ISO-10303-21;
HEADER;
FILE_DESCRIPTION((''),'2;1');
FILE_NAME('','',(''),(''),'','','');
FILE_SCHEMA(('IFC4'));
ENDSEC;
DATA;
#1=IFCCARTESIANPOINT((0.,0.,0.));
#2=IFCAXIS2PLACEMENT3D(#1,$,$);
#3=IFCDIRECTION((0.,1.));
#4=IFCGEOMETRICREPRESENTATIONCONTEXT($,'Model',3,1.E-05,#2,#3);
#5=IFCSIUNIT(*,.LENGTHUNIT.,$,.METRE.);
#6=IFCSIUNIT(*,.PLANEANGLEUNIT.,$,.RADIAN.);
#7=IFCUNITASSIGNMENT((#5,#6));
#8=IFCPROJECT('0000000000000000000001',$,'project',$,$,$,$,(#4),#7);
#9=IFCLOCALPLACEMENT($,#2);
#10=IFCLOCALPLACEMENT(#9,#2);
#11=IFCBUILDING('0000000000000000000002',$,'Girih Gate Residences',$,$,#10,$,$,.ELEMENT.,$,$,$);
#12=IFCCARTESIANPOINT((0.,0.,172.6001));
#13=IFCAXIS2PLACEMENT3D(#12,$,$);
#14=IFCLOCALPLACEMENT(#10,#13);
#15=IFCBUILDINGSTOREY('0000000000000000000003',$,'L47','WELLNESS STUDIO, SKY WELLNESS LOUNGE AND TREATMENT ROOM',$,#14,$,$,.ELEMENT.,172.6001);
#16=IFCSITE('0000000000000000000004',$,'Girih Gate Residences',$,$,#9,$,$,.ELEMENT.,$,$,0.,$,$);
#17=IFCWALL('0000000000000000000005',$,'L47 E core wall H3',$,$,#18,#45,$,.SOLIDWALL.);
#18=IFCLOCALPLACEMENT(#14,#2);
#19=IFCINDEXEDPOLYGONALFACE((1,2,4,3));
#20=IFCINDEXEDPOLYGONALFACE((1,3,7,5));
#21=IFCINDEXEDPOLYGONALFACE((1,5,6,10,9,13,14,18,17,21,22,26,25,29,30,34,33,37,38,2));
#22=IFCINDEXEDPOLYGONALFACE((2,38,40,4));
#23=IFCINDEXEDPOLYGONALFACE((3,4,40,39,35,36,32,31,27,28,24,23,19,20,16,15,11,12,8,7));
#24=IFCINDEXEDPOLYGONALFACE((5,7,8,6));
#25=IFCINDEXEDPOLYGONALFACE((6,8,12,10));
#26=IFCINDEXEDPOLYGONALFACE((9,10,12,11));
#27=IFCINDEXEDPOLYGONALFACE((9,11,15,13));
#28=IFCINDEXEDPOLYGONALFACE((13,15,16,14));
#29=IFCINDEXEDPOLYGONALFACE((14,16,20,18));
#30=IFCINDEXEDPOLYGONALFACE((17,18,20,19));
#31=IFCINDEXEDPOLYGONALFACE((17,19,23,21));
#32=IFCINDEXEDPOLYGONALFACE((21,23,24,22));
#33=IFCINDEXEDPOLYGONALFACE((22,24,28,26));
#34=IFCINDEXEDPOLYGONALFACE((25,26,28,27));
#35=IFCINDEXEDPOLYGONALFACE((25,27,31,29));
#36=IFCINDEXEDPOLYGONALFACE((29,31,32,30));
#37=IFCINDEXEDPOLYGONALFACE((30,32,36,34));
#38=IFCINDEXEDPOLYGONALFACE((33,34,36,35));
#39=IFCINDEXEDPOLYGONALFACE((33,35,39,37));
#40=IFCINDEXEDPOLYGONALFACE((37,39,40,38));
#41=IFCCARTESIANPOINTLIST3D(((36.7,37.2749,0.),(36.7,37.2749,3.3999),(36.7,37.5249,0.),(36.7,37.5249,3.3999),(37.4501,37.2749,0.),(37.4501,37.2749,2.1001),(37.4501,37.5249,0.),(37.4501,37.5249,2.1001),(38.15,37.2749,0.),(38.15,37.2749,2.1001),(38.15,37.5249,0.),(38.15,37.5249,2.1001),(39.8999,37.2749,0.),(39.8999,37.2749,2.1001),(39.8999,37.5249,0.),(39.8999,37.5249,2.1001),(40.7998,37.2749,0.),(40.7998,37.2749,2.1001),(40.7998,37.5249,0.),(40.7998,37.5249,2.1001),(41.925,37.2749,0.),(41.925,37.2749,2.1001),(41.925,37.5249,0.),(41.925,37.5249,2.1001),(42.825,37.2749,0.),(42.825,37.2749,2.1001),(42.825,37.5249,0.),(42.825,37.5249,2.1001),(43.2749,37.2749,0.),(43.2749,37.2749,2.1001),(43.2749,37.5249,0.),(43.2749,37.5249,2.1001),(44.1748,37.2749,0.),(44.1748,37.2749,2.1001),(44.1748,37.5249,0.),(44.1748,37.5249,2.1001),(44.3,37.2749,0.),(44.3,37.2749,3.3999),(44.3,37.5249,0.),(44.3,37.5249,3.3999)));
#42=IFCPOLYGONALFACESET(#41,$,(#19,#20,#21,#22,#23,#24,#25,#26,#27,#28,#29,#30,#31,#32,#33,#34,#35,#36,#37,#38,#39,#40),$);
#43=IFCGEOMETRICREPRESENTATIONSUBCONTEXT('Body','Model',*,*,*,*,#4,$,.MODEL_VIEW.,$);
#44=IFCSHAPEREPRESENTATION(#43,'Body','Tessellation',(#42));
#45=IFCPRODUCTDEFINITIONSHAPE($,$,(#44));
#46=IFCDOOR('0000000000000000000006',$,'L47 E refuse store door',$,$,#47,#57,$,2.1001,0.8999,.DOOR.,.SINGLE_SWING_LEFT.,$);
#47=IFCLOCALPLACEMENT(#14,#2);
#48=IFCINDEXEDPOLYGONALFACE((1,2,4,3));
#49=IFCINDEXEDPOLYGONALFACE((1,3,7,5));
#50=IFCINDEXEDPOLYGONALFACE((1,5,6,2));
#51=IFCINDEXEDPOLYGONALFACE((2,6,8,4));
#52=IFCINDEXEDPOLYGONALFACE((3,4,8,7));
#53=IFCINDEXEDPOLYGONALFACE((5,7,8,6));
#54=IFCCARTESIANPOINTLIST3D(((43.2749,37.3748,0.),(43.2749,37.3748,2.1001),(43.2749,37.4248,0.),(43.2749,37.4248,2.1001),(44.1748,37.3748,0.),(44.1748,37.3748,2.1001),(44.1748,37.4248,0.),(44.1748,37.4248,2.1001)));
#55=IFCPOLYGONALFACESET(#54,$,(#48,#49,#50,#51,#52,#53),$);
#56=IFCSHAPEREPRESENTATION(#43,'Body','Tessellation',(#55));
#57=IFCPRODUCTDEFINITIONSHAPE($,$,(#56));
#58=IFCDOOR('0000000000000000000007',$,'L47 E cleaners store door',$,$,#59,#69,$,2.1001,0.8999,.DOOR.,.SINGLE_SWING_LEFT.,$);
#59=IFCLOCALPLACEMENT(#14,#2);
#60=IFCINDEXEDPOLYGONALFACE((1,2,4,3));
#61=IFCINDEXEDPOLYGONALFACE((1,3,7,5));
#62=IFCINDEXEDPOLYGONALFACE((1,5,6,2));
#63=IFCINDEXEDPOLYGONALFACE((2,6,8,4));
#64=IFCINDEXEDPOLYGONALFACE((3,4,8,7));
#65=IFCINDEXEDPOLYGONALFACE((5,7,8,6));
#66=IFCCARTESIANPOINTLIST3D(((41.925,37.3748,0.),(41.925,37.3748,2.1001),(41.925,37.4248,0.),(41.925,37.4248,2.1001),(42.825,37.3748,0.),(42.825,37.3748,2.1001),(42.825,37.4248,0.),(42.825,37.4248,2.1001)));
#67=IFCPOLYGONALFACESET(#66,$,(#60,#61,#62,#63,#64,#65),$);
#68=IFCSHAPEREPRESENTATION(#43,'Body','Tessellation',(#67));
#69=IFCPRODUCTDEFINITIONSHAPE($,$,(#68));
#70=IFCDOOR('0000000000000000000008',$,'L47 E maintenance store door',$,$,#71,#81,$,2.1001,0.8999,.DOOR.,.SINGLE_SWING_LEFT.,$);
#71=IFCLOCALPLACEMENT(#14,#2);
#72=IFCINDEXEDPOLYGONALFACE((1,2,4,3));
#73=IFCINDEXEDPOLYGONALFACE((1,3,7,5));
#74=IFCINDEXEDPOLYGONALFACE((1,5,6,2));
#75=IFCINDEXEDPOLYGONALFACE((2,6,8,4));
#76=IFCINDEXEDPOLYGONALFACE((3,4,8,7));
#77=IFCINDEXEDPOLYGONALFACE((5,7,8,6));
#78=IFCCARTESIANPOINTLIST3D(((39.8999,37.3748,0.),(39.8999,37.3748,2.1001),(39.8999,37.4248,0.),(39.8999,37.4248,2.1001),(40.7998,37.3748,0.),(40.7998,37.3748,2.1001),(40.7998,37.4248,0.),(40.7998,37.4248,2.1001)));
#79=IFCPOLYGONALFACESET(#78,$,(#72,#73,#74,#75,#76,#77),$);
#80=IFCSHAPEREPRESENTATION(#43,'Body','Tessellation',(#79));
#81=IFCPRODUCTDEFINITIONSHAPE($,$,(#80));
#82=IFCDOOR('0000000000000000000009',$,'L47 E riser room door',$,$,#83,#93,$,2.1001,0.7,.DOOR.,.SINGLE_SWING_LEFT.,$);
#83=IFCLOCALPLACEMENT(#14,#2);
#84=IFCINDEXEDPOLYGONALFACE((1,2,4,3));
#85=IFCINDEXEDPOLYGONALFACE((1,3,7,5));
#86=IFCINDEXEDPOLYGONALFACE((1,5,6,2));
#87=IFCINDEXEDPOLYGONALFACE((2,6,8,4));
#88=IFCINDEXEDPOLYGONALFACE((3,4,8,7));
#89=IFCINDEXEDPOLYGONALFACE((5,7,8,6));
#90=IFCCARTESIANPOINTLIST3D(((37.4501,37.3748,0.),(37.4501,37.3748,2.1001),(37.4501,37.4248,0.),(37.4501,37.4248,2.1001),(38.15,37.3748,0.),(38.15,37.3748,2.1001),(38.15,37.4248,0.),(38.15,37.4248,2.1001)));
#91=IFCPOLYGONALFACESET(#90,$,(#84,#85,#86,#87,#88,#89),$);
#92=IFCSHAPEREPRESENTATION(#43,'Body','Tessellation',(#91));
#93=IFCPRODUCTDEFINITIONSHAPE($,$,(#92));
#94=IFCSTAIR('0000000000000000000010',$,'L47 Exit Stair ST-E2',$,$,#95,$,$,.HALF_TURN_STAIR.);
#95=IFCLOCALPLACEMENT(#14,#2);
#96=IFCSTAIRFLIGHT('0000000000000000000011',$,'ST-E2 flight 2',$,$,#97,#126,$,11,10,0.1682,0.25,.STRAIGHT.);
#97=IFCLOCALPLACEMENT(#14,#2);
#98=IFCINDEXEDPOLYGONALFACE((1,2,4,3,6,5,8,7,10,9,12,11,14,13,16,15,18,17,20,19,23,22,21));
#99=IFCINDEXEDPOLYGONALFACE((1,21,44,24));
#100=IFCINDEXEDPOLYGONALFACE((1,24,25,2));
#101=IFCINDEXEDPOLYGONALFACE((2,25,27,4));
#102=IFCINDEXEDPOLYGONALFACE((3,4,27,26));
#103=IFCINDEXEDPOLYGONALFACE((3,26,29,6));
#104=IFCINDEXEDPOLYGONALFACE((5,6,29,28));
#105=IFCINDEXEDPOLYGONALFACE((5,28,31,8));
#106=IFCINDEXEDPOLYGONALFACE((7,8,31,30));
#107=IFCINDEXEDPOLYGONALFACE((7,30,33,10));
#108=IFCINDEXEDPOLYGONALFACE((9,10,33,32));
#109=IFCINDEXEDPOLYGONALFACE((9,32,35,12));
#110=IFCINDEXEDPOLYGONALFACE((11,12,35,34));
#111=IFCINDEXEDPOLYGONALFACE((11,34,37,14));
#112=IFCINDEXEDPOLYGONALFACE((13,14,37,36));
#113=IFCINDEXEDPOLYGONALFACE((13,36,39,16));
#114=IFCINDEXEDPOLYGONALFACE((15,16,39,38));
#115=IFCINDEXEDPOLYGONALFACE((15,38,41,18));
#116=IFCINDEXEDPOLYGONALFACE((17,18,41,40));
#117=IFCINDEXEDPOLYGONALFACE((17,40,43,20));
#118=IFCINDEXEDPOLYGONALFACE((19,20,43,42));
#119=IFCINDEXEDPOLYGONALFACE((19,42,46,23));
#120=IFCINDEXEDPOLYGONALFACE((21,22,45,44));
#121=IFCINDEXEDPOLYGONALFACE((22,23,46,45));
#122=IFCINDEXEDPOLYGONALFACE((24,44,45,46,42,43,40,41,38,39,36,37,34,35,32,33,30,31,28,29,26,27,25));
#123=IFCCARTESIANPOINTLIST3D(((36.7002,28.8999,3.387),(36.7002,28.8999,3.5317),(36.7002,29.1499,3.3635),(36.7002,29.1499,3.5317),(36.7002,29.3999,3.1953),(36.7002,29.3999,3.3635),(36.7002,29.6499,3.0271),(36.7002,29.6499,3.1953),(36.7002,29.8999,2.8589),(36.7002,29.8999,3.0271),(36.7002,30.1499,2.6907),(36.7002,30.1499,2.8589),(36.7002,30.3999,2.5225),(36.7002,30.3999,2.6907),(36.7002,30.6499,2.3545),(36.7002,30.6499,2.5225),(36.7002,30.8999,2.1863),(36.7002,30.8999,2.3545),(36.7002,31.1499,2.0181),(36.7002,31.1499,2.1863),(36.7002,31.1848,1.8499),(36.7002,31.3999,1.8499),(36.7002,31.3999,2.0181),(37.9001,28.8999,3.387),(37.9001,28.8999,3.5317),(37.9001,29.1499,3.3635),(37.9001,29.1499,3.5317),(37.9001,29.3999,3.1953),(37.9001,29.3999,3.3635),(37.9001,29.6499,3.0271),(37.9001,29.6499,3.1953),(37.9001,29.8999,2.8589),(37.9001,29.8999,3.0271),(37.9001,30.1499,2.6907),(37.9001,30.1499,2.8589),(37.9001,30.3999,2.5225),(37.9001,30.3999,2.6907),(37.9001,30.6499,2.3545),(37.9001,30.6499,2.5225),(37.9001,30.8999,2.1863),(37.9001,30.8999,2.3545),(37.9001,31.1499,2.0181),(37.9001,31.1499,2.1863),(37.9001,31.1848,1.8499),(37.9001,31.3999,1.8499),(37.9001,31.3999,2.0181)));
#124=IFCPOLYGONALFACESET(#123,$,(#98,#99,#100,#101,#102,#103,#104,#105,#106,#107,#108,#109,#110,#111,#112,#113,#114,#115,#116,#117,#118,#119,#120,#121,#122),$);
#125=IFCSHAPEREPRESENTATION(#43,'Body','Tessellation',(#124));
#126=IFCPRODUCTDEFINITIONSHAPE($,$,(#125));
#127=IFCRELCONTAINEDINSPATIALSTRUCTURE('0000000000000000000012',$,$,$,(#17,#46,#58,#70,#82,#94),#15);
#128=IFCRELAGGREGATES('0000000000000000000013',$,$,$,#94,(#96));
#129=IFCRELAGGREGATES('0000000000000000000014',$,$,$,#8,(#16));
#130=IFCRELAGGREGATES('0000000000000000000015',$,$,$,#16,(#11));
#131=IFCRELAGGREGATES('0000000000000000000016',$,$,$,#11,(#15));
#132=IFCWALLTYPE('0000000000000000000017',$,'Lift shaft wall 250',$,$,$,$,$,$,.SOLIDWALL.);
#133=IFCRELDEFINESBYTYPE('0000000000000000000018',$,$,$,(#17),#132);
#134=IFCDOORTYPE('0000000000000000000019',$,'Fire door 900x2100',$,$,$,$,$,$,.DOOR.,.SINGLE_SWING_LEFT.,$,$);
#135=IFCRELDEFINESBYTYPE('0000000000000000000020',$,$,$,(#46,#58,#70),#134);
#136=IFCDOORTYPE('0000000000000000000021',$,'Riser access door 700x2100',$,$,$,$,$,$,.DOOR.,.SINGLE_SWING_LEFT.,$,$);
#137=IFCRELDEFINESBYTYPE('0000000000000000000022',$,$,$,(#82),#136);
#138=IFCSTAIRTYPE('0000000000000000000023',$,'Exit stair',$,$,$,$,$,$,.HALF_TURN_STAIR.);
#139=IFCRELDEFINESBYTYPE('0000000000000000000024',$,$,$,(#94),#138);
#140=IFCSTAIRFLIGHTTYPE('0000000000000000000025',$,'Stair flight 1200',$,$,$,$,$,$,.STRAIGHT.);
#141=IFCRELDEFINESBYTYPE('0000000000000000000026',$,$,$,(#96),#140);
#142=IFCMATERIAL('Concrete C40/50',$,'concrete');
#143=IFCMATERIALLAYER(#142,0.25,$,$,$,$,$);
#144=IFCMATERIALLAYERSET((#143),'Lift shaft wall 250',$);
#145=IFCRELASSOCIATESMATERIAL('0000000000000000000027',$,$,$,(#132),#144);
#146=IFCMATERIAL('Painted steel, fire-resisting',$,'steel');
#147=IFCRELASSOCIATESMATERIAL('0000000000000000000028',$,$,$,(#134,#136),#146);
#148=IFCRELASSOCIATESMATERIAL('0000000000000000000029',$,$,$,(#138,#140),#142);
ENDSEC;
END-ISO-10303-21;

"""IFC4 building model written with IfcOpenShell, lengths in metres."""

from ifc_helpers import new_model, si_unit, direction, frame, frame_2d, origin, place, context, subcontext, project, spatial, polyline, rectangle, outline, extrude, material, layer, layer_set, type_object, element, fill, aggregate, save


model = new_model("IFC4")

# Units and contexts
model_context = context("Model", 3, precision=1e-05, world=origin(), true_north=direction((0.0, 1.0)))
body_context = subcontext(model_context, "Body", "Model", "MODEL_VIEW")
ifc_project = project(units=[si_unit("LENGTHUNIT", "METRE"), si_unit("PLANEANGLEUNIT", "RADIAN")], contexts=[model_context])

# Site, building, storey
site_placement = place(None, origin())
site = spatial("IfcSite", under=ifc_project, at=site_placement, Name="Girih Gate Residences", CompositionType="ELEMENT", RefElevation=0.0)
building_placement = place(site_placement, origin())
building = spatial("IfcBuilding", under=site, at=building_placement, Name="Girih Gate Residences", CompositionType="ELEMENT")
storey_placement = place(building_placement, frame((0.0, 0.0, 172.6001)))
storey = spatial("IfcBuildingStorey", under=building, at=storey_placement, Name="L47", Description="WELLNESS STUDIO, SKY WELLNESS LOUNGE AND TREATMENT ROOM", CompositionType="ELEMENT", Elevation=172.6001)

# Shared definitions
ifc_material_1 = material(Name="Concrete C40/50", Category="concrete")
ifc_layer_1 = layer(ifc_material_1, 0.25)
ifc_layer_set_1 = layer_set([ifc_layer_1], Name="Lift shaft wall 250")
wall_type_1 = type_object("IfcWallType", Name="Lift shaft wall 250", PredefinedType="SOLIDWALL", material=ifc_layer_set_1)

# Wall, openings, doors
ifc_material_2 = material(Name="Painted steel, fire-resisting", Category="steel")
door_type_1 = type_object("IfcDoorType", Name="Fire door 900x2100", OperationType="SINGLE_SWING_LEFT", PredefinedType="DOOR", material=ifc_material_2)
wall_1_placement = place(storey_placement, frame((36.7, 37.3999, 0.0), z_axis=(0.0, 0.0, 1.0), x_axis=(1.0, 0.0, 0.0)))
wall_1 = element("IfcWall", 1, at=wall_1_placement, inside=storey, type_object=wall_type_1, Name="L47 E core wall H3", PredefinedType="SOLIDWALL", context=body_context, shape_type="SweptSolid", body=[
    extrude(rectangle(XDim=7.6001, YDim=0.25, at=frame_2d((3.8, 0.0))), origin(), (0.0, 0.0, 1.0), 3.3999),
])
opening_1_placement = place(wall_1_placement, frame((0.75, 0.0, 0.0)))
opening_1 = element("IfcOpeningElement", 2, at=opening_1_placement, cuts=wall_1, PredefinedType="OPENING", context=body_context, shape_type="SweptSolid", body=[
    extrude(rectangle(XDim=0.7, YDim=2.1001, at=frame_2d((0.3501, 1.05))), frame((0.0, 0.135, 0.0), z_axis=(0.0, -1.0, 0.0), x_axis=(1.0, 0.0, 0.0)), (0.0, 0.0, 1.0), 0.27),
])
opening_2_placement = place(wall_1_placement, frame((6.575, 0.0, 0.0)))
opening_2 = element("IfcOpeningElement", 3, at=opening_2_placement, cuts=wall_1, PredefinedType="OPENING", context=body_context, shape_type="SweptSolid", body=[
    extrude(rectangle(XDim=0.8999, YDim=2.1001, at=frame_2d((0.45, 1.05))), frame((0.0, 0.135, 0.0), z_axis=(0.0, -1.0, 0.0), x_axis=(1.0, 0.0, 0.0)), (0.0, 0.0, 1.0), 0.27),
])
opening_3_placement = place(wall_1_placement, frame((5.2251, 0.0, 0.0)))
opening_3 = element("IfcOpeningElement", 4, at=opening_3_placement, cuts=wall_1, PredefinedType="OPENING", context=body_context, shape_type="SweptSolid", body=[
    extrude(rectangle(XDim=0.8999, YDim=2.1001, at=frame_2d((0.45, 1.05))), frame((0.0, 0.135, 0.0), z_axis=(0.0, -1.0, 0.0), x_axis=(1.0, 0.0, 0.0)), (0.0, 0.0, 1.0), 0.27),
])
opening_4_placement = place(wall_1_placement, frame((3.2, 0.0, 0.0)))
opening_4 = element("IfcOpeningElement", 5, at=opening_4_placement, cuts=wall_1, PredefinedType="OPENING", context=body_context, shape_type="SweptSolid", body=[
    extrude(rectangle(XDim=0.8999, YDim=2.1001, at=frame_2d((0.45, 1.05))), frame((0.0, 0.135, 0.0), z_axis=(0.0, -1.0, 0.0), x_axis=(1.0, 0.0, 0.0)), (0.0, 0.0, 1.0), 0.27),
])
door_1_placement = place(opening_2_placement, origin())
door_1 = element("IfcDoor", 6, at=door_1_placement, inside=storey, type_object=door_type_1, Name="L47 E refuse store door", OperationType="SINGLE_SWING_LEFT", OverallHeight=2.1001, OverallWidth=0.8999, PredefinedType="DOOR", context=body_context, shape_type="SweptSolid", body=[
    extrude(rectangle(XDim=0.8999, YDim=2.1001, at=frame_2d((0.45, 1.05))), frame((0.0, 0.0249, 0.0), z_axis=(0.0, -1.0, 0.0), x_axis=(1.0, 0.0, 0.0)), (0.0, 0.0, 1.0), 0.05),
])
fill(opening_2, door_1)
door_2_placement = place(opening_3_placement, origin())
door_2 = element("IfcDoor", 7, at=door_2_placement, inside=storey, type_object=door_type_1, Name="L47 E cleaners store door", OperationType="SINGLE_SWING_LEFT", OverallHeight=2.1001, OverallWidth=0.8999, PredefinedType="DOOR", context=body_context, shape_type="SweptSolid", body=[
    extrude(rectangle(XDim=0.8999, YDim=2.1001, at=frame_2d((0.45, 1.05))), frame((0.0, 0.0249, 0.0), z_axis=(0.0, -1.0, 0.0), x_axis=(1.0, 0.0, 0.0)), (0.0, 0.0, 1.0), 0.05),
])
fill(opening_3, door_2)
door_3_placement = place(opening_4_placement, origin())
door_3 = element("IfcDoor", 8, at=door_3_placement, inside=storey, type_object=door_type_1, Name="L47 E maintenance store door", OperationType="SINGLE_SWING_LEFT", OverallHeight=2.1001, OverallWidth=0.8999, PredefinedType="DOOR", context=body_context, shape_type="SweptSolid", body=[
    extrude(rectangle(XDim=0.8999, YDim=2.1001, at=frame_2d((0.45, 1.05))), frame((0.0, 0.0249, 0.0), z_axis=(0.0, -1.0, 0.0), x_axis=(1.0, 0.0, 0.0)), (0.0, 0.0, 1.0), 0.05),
])
fill(opening_4, door_3)
door_type_2 = type_object("IfcDoorType", Name="Riser access door 700x2100", OperationType="SINGLE_SWING_LEFT", PredefinedType="DOOR", material=ifc_material_2)
door_4_placement = place(opening_1_placement, origin())
door_4 = element("IfcDoor", 9, at=door_4_placement, inside=storey, type_object=door_type_2, Name="L47 E riser room door", OperationType="SINGLE_SWING_LEFT", OverallHeight=2.1001, OverallWidth=0.7, PredefinedType="DOOR", context=body_context, shape_type="SweptSolid", body=[
    extrude(rectangle(XDim=0.7, YDim=2.1001, at=frame_2d((0.3501, 1.05))), frame((0.0, 0.0249, 0.0), z_axis=(0.0, -1.0, 0.0), x_axis=(1.0, 0.0, 0.0)), (0.0, 0.0, 1.0), 0.05),
])
fill(opening_1, door_4)

# Stair, stair flight
stair_type = type_object("IfcStairType", Name="Exit stair", PredefinedType="HALF_TURN_STAIR", material=ifc_material_1)
stair_placement = place(storey_placement, origin())
stair = element("IfcStair", 10, at=stair_placement, inside=storey, type_object=stair_type, Name="L47 Exit Stair ST-E2", PredefinedType="HALF_TURN_STAIR")
stair_flight_type = type_object("IfcStairFlightType", Name="Stair flight 1200", PredefinedType="STRAIGHT", material=ifc_material_1)
stair_flight_placement = place(storey_placement, frame((37.3, 31.3999, 1.8499), z_axis=(0.0, 0.0, 1.0), x_axis=(0.0, -1.0, 0.0)))
stair_flight = element("IfcStairFlight", 11, at=stair_flight_placement, type_object=stair_flight_type, Name="ST-E2 flight 2", NumberOfRisers=11, NumberOfTreads=10, PredefinedType="STRAIGHT", RiserHeight=0.1682, TreadLength=0.25, context=body_context, shape_type="SweptSolid", body=[
    extrude(outline(polyline([(0.0, 0.0), (0.0, 0.1682), (0.25, 0.1682), (0.25, 0.3364), (0.5, 0.3364), (0.5, 0.5046), (0.75, 0.5046), (0.75, 0.6726), (1.0, 0.6726), (1.0, 0.8408), (1.25, 0.8408), (1.25, 1.009), (1.5, 1.009), (1.5, 1.1772), (1.75, 1.1772), (1.75, 1.3455), (2.0, 1.3455), (2.0, 1.5137), (2.25, 1.5137), (2.25, 1.6819), (2.5, 1.6819), (2.5, 1.8501), (2.5, 1.5371), (0.2151, 0.0), (0.0, 0.0)])), frame((0.0, 0.6001, 0.0), z_axis=(0.0, -1.0, 0.0), x_axis=(1.0, 0.0, 0.0)), (0.0, 0.0, 1.0), 1.2),
])
aggregate(stair, [stair_flight])

save(model, "model.ifc")
